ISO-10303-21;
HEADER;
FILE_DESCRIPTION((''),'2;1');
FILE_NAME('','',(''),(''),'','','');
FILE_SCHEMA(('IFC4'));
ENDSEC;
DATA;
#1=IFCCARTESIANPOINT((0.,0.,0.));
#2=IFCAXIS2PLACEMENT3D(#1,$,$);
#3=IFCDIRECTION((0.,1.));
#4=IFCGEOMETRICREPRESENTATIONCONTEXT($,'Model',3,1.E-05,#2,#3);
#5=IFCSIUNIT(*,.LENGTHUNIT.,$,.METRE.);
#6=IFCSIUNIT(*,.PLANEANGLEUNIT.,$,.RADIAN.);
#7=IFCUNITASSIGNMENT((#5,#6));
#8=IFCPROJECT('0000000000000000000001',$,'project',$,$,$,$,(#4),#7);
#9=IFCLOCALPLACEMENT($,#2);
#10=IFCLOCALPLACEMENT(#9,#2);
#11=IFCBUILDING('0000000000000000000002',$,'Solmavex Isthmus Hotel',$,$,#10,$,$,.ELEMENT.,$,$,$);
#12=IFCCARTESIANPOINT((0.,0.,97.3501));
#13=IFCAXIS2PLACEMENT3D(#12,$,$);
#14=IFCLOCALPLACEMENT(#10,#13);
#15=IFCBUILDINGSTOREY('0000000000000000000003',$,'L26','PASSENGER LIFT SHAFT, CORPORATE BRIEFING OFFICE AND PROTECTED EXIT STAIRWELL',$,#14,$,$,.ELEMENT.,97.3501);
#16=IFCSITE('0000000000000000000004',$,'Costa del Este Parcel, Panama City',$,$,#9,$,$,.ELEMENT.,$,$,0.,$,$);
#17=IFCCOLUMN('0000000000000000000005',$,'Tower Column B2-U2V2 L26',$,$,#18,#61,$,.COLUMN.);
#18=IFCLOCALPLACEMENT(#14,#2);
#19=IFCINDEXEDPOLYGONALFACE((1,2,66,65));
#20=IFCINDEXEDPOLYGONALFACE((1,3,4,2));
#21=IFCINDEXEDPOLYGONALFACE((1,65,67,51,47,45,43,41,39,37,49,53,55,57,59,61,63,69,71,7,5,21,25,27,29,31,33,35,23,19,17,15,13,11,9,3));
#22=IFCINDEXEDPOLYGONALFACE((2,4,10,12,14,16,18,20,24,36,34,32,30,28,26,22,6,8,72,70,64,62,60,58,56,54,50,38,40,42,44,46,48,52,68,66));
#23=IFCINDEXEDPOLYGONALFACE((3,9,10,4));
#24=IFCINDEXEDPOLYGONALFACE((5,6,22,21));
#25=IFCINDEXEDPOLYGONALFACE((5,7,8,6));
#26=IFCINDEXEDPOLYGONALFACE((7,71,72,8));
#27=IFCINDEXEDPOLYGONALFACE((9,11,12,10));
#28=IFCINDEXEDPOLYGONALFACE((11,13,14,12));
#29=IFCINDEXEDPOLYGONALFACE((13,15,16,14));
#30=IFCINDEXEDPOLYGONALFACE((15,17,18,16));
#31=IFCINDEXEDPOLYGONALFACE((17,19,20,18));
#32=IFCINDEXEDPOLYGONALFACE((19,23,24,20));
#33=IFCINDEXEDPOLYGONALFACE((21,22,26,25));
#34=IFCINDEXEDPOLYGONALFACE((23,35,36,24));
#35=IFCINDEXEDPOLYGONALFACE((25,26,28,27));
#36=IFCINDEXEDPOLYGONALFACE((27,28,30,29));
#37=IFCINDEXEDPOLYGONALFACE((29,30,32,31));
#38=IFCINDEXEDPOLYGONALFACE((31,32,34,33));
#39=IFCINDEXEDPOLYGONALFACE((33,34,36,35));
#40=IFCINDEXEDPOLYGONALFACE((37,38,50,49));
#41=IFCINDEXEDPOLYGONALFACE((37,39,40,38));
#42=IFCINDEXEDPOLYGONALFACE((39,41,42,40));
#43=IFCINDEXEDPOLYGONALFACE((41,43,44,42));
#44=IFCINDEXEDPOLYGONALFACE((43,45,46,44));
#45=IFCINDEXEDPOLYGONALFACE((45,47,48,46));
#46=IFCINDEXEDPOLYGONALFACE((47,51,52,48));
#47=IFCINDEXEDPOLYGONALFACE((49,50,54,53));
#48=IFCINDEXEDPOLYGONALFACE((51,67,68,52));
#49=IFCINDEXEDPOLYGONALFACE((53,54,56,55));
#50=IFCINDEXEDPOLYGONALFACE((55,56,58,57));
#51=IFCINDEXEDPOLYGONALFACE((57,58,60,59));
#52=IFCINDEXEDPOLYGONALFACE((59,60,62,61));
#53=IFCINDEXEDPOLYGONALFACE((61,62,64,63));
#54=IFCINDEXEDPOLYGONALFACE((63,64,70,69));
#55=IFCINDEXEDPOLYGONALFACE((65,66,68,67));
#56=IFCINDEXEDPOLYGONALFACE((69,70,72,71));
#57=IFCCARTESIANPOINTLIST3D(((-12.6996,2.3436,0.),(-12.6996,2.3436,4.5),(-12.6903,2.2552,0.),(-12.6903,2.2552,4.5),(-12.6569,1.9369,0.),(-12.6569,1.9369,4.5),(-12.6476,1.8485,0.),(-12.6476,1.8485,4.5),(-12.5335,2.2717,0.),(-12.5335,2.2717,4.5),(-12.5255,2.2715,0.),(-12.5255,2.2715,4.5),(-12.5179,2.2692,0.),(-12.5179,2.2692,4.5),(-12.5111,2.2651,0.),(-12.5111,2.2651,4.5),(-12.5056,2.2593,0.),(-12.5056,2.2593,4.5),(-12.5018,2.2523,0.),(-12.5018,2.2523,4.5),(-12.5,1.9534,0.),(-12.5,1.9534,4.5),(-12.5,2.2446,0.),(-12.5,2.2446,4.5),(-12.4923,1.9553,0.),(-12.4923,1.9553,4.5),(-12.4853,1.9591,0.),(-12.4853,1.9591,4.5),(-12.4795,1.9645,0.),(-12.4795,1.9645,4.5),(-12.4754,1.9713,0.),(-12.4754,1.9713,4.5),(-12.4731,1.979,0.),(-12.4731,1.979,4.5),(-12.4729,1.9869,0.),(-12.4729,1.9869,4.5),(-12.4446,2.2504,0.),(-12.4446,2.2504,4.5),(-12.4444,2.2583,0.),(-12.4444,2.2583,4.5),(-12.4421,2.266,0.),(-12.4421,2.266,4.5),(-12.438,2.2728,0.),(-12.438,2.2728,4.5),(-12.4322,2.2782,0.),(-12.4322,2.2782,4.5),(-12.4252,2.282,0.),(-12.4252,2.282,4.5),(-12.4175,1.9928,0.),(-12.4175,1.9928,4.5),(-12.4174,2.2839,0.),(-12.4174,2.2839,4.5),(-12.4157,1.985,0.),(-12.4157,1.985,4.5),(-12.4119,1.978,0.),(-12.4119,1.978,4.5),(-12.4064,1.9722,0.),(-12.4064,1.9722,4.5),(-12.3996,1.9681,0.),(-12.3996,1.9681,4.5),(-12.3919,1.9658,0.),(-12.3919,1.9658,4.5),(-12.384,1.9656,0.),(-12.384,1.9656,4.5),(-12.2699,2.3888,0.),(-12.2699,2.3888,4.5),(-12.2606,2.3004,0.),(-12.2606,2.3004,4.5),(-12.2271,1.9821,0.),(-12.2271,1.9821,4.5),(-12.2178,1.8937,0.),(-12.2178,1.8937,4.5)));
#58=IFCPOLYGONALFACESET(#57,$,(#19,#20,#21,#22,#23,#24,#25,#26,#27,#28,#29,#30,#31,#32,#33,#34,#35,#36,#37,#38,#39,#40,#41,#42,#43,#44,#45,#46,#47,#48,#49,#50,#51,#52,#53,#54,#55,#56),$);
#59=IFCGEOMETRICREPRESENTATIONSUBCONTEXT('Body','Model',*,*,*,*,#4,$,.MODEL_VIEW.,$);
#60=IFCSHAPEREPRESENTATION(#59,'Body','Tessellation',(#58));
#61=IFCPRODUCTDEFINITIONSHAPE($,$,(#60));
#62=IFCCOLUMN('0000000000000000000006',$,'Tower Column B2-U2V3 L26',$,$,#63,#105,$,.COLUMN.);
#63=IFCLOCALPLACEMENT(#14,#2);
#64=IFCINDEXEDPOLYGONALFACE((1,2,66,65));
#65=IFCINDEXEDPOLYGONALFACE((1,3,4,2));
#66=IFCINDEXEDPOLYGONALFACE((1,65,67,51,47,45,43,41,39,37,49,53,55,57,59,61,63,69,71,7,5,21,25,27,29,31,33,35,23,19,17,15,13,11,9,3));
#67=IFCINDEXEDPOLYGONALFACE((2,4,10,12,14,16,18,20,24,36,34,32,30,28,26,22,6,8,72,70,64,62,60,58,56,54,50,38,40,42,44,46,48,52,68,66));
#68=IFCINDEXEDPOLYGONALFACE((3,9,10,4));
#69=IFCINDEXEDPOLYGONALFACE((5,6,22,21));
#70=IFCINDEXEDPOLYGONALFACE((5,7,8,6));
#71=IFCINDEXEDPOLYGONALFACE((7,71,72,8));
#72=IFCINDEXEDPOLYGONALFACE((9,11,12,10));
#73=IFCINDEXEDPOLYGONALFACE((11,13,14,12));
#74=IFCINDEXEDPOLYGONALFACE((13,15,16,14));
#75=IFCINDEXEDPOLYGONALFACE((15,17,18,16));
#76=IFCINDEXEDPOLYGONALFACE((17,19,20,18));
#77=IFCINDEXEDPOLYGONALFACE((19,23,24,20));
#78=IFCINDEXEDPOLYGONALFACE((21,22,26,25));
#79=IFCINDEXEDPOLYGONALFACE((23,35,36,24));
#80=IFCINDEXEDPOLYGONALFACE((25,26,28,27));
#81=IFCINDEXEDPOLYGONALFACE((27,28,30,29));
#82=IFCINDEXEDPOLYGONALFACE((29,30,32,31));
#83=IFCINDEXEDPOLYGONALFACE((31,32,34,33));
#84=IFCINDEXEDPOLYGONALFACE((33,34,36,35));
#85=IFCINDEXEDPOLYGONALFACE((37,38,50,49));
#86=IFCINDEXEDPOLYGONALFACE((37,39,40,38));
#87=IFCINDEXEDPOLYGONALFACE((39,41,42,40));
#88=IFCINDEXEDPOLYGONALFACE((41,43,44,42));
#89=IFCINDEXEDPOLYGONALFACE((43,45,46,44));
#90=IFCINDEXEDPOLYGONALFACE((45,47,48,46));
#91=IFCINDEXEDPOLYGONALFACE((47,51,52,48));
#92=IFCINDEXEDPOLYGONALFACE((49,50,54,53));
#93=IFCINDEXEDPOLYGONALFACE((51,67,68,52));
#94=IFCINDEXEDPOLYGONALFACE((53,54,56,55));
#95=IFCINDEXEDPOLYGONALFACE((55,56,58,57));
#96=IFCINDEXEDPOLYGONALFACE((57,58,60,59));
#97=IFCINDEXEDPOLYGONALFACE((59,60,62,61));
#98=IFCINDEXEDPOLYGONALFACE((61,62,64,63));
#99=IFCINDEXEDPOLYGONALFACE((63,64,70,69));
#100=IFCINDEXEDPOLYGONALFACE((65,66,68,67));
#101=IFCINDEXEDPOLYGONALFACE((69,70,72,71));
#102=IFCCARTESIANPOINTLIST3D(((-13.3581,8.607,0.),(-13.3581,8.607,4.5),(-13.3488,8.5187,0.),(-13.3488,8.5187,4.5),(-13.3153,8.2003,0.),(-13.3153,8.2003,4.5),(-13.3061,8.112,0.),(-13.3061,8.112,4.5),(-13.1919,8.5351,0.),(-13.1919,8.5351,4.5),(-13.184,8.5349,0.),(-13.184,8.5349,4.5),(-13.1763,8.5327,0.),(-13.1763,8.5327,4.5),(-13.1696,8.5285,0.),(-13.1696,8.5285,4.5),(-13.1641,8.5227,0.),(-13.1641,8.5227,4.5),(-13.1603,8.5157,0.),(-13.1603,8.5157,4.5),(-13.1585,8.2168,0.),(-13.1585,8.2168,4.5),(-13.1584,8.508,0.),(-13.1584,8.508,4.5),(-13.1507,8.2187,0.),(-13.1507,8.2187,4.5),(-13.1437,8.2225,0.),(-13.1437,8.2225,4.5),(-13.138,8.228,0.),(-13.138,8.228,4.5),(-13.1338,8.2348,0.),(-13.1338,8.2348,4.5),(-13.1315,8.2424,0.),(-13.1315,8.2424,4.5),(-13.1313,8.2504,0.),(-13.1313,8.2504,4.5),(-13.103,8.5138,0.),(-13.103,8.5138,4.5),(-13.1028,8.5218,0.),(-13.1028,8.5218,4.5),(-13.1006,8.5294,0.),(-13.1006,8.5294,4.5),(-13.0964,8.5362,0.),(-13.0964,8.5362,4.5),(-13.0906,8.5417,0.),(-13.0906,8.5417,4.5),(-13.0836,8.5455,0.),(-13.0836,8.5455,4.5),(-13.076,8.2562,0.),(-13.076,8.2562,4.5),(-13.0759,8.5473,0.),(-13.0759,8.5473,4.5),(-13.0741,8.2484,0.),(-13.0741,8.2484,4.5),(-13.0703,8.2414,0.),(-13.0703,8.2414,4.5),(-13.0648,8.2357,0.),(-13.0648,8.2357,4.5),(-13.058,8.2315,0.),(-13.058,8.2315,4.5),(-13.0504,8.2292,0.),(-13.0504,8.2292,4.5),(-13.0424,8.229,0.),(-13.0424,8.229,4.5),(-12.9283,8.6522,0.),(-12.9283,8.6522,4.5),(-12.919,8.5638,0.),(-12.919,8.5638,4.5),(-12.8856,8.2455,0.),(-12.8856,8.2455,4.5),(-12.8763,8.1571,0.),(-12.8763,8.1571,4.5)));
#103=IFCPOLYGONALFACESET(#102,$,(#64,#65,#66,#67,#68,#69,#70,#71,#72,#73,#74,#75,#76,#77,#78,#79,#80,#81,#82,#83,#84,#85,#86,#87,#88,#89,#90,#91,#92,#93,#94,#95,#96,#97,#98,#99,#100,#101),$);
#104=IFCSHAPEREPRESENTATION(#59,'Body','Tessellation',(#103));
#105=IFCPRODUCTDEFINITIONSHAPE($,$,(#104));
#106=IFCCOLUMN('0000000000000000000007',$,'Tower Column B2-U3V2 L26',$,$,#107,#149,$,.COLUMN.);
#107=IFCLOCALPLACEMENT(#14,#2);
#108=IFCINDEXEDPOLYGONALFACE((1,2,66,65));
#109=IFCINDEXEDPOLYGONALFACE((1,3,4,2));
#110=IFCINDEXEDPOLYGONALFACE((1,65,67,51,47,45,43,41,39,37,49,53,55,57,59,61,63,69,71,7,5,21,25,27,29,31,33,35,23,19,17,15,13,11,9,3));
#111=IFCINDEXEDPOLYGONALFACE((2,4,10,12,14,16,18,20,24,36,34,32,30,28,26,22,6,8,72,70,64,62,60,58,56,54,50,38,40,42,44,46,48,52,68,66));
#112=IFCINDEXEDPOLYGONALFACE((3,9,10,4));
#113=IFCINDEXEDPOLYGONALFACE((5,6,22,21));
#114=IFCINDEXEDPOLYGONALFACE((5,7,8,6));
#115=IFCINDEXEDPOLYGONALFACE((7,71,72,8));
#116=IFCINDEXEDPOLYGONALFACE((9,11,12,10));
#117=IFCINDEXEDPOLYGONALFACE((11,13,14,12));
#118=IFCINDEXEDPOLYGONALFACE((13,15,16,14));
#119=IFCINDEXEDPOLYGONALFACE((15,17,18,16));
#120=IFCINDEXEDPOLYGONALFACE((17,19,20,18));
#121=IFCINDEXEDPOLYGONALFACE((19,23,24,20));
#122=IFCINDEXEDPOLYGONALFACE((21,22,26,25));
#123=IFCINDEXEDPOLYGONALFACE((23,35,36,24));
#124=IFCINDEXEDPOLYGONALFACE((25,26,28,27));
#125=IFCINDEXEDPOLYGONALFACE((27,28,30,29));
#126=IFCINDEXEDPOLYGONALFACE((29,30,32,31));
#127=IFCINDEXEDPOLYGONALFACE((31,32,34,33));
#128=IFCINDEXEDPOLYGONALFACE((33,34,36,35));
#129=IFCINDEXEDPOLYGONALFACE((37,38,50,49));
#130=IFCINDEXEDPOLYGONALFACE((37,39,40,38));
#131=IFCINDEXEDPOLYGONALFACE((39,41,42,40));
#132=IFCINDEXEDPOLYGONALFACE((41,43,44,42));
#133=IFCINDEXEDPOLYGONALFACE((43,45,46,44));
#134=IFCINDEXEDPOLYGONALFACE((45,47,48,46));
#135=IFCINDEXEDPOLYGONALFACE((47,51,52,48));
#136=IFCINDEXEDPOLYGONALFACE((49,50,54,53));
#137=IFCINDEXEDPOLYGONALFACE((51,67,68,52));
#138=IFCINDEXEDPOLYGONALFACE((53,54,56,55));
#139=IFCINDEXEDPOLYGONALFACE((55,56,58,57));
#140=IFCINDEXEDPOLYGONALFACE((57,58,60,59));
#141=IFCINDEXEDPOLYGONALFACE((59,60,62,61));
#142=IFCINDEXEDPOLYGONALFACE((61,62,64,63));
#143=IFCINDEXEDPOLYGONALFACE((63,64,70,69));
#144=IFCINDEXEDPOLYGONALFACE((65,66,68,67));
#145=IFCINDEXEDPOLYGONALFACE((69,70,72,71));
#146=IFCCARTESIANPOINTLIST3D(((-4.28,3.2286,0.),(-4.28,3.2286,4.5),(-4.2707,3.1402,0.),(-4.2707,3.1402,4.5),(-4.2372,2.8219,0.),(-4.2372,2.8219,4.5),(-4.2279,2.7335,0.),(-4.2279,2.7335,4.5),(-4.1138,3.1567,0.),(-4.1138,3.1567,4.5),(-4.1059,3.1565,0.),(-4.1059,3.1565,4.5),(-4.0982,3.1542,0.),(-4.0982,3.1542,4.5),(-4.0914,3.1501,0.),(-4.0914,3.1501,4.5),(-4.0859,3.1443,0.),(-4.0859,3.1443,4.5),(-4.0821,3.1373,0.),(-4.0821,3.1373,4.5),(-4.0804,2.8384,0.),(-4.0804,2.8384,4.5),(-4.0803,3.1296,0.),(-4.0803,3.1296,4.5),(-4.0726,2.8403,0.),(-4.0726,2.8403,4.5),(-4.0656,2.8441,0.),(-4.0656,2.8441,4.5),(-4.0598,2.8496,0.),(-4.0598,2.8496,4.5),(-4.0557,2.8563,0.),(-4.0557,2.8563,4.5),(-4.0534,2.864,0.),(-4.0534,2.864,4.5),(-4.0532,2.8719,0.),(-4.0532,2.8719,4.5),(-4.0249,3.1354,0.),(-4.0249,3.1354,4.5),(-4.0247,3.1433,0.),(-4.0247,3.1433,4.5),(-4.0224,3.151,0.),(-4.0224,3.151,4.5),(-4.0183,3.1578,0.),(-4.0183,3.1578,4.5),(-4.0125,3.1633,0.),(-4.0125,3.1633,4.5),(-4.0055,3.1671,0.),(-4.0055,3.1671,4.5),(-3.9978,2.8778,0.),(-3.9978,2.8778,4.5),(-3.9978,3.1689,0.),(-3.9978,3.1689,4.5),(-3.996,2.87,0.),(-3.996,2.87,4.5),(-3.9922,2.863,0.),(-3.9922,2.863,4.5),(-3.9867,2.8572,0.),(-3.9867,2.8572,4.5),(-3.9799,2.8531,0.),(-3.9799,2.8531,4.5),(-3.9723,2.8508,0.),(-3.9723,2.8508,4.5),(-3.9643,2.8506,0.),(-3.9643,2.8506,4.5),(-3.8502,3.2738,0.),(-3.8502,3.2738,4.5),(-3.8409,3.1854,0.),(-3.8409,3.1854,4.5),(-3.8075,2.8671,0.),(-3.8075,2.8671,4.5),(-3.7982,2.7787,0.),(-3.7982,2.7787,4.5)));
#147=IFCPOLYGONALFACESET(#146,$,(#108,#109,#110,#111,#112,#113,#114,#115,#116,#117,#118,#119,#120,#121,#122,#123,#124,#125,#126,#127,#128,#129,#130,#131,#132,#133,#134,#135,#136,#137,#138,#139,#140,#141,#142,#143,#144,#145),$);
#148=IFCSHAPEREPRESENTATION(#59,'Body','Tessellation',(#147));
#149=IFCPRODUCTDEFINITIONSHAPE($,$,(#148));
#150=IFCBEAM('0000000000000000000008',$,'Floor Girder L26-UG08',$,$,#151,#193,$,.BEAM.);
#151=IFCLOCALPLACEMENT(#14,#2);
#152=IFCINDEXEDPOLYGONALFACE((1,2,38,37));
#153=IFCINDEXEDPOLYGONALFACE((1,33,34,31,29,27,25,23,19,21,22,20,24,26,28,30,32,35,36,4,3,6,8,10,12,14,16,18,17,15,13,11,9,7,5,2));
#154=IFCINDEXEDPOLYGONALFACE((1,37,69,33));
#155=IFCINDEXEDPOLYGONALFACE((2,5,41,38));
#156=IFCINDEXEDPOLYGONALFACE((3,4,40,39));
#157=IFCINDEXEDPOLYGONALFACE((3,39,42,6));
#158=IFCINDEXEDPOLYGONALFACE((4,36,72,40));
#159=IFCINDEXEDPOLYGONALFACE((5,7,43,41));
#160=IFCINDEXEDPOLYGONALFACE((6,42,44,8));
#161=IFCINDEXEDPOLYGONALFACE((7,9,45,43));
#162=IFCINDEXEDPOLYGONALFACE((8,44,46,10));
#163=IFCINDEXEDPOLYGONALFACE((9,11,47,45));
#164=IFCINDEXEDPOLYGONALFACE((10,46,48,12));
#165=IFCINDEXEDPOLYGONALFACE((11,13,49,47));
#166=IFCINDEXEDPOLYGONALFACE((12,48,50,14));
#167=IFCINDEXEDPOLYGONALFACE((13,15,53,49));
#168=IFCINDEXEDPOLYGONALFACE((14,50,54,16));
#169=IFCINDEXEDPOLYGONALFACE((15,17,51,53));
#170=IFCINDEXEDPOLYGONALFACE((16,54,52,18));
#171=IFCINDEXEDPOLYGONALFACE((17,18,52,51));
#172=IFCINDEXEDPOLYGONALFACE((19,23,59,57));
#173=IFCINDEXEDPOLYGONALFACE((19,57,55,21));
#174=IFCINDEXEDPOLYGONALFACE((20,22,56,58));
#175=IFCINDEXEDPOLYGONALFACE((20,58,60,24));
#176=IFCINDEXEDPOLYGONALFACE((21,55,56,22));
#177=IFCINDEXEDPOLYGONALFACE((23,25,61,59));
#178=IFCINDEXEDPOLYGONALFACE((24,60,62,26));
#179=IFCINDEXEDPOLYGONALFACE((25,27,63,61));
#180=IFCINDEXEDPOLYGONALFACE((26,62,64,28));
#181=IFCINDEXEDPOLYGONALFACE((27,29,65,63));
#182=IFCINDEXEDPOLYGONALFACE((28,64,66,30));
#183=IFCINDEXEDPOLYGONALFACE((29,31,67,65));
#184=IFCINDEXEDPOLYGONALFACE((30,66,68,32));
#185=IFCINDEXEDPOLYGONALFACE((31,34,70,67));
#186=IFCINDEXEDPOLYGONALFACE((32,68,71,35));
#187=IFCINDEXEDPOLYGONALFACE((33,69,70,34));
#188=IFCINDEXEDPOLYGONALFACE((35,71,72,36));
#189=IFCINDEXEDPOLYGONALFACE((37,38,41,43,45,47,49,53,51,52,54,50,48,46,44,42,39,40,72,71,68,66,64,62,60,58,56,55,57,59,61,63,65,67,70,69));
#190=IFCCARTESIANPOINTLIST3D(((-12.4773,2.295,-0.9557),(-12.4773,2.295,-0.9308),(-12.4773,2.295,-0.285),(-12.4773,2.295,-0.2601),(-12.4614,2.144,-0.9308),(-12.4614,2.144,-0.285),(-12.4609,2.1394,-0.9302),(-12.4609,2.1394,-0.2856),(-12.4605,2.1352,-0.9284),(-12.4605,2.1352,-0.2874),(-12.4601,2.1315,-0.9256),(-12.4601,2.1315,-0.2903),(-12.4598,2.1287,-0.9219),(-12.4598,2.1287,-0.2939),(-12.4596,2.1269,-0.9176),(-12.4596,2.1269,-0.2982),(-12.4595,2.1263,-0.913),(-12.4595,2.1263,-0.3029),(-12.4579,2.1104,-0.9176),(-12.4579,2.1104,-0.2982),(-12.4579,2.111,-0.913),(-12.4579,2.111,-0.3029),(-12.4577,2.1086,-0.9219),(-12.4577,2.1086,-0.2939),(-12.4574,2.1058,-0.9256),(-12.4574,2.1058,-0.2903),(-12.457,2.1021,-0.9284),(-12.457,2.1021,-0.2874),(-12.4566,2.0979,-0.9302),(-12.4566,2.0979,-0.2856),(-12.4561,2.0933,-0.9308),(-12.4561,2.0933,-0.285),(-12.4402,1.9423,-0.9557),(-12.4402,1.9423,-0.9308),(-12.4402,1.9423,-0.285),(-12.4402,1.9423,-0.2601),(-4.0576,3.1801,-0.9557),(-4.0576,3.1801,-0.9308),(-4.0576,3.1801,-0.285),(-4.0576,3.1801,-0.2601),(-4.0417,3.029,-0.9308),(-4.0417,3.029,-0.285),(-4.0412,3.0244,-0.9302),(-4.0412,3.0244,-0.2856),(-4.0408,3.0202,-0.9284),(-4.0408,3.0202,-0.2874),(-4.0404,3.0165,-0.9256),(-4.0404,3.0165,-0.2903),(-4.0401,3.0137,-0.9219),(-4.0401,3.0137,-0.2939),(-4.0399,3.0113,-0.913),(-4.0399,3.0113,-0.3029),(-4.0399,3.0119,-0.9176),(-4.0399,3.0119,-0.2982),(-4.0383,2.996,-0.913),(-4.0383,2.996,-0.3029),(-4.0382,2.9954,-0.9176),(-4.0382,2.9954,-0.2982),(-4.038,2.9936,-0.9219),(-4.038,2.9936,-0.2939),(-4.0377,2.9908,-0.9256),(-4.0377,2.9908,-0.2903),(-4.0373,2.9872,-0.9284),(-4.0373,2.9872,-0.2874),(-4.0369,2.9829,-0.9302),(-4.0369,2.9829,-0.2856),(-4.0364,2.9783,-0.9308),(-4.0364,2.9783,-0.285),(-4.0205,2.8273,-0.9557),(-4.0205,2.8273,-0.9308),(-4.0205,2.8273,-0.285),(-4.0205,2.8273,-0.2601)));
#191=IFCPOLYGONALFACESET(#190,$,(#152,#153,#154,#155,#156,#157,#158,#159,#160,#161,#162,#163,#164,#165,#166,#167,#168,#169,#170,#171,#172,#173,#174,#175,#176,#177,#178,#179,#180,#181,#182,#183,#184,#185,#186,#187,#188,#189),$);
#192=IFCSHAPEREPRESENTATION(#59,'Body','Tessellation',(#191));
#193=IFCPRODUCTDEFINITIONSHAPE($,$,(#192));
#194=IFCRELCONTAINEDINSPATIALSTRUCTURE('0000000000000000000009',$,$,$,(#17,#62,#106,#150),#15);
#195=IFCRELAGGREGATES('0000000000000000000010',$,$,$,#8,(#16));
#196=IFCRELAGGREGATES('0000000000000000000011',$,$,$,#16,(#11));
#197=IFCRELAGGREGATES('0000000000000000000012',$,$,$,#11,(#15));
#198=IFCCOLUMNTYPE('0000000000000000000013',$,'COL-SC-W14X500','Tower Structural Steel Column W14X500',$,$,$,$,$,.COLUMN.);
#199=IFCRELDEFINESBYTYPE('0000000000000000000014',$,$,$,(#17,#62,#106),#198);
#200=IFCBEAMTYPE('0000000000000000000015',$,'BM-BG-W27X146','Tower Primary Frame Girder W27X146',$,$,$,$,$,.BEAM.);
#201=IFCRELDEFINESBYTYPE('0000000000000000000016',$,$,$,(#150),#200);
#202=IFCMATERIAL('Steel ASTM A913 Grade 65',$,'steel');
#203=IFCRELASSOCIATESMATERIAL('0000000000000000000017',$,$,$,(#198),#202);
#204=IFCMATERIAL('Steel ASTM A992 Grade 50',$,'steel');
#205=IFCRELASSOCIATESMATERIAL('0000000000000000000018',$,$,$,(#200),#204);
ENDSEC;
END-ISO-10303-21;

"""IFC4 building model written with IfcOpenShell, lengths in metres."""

from ifc_helpers import new_model, si_unit, direction, frame, origin, origin_2d, place, context, subcontext, project, spatial, i_section, extrude, material, material_profile, profile_set, type_object, element, save


model = new_model("IFC4")

# Units and contexts
model_context = context("Model", 3, precision=1e-05, world=origin(), true_north=direction((0.0, 1.0)))
body_context = subcontext(model_context, "Body", "Model", "MODEL_VIEW")
ifc_project = project(units=[si_unit("LENGTHUNIT", "METRE"), si_unit("PLANEANGLEUNIT", "RADIAN")], contexts=[model_context])

# Site, building, storey
site_placement = place(None, origin())
site = spatial("IfcSite", under=ifc_project, at=site_placement, Name="Costa del Este Parcel, Panama City", CompositionType="ELEMENT", RefElevation=0.0)
building_placement = place(site_placement, origin())
building = spatial("IfcBuilding", under=site, at=building_placement, Name="Solmavex Isthmus Hotel", CompositionType="ELEMENT")
storey_placement = place(building_placement, frame((0.0, 0.0, 97.3501)))
storey = spatial("IfcBuildingStorey", under=building, at=storey_placement, Name="L26", Description="PASSENGER LIFT SHAFT, CORPORATE BRIEFING OFFICE AND PROTECTED EXIT STAIRWELL", CompositionType="ELEMENT", Elevation=97.3501)

# Columns
ifc_material_1 = material(Name="Steel ASTM A913 Grade 65", Category="steel")
ifc_material_profile_1 = material_profile(ifc_material_1, i_section(OverallWidth=0.4321, OverallDepth=0.4978, WebThickness=0.0557, FlangeThickness=0.0889, FilletRadius=0.0305, at=origin_2d()), Name="W14X500")
ifc_profile_set_1 = profile_set([ifc_material_profile_1], Name="Steel ASTM A913 Grade 65")
column_type = type_object("IfcColumnType", Name="COL-SC-W14X500", Description="Tower Structural Steel Column W14X500", PredefinedType="COLUMN", material=ifc_profile_set_1)
for number, where, z_axis, x_axis, name in (
    (1, (-12.4587, 2.1187, 0.0), (0.0, 0.0, 1.0), (0.994522, 0.104528, 0.0), "Tower Column B2-U2V2 L26"),
    (2, (-13.1172, 8.3821, 0.0), (0.0, 0.0, 1.0), (0.994522, 0.104528, 0.0), "Tower Column B2-U2V3 L26"),
    (3, (-4.0391, 3.0037, 0.0), (0.0, 0.0, 1.0), (0.994522, 0.104528, 0.0), "Tower Column B2-U3V2 L26"),
):
    element("IfcColumn", number, at=place(storey_placement, frame(where, z_axis=z_axis, x_axis=x_axis)), inside=storey, type_object=column_type, Name=name, PredefinedType="COLUMN", context=body_context, shape_type="SweptSolid", body=[
        extrude(i_section(OverallWidth=0.4321, OverallDepth=0.4978, WebThickness=0.0557, FlangeThickness=0.0889, FilletRadius=0.0305, at=origin_2d()), origin(), (0.0, 0.0, 1.0), 4.5),
    ])

# Beam
ifc_material_2 = material(Name="Steel ASTM A992 Grade 50", Category="steel")
ifc_material_profile_2 = material_profile(ifc_material_2, i_section(OverallWidth=0.3547, OverallDepth=0.6956, WebThickness=0.0154, FlangeThickness=0.0249, FilletRadius=0.0178, at=origin_2d()), Name="W27X146")
ifc_profile_set_2 = profile_set([ifc_material_profile_2], Name="Steel ASTM A992 Grade 50")
beam_type_1 = type_object("IfcBeamType", Name="BM-BG-W27X146", Description="Tower Primary Frame Girder W27X146", PredefinedType="BEAM", material=ifc_profile_set_2)
beam_1_placement = place(storey_placement, frame((-12.4587, 2.1187, -0.6079), z_axis=(0.994521, 0.104536, 0.0), x_axis=(-0.104536, 0.994521, 0.0)))
element("IfcBeam", 4, at=beam_1_placement, inside=storey, type_object=beam_type_1, Name="Floor Girder L26-UG08", PredefinedType="BEAM", context=body_context, shape_type="SweptSolid", body=[
    extrude(i_section(OverallWidth=0.3547, OverallDepth=0.6956, WebThickness=0.0154, FlangeThickness=0.0249, FilletRadius=0.0178, at=origin_2d()), origin(), (0.0, 0.0, 1.0), 8.4661),
])

save(model, "model.ifc")
